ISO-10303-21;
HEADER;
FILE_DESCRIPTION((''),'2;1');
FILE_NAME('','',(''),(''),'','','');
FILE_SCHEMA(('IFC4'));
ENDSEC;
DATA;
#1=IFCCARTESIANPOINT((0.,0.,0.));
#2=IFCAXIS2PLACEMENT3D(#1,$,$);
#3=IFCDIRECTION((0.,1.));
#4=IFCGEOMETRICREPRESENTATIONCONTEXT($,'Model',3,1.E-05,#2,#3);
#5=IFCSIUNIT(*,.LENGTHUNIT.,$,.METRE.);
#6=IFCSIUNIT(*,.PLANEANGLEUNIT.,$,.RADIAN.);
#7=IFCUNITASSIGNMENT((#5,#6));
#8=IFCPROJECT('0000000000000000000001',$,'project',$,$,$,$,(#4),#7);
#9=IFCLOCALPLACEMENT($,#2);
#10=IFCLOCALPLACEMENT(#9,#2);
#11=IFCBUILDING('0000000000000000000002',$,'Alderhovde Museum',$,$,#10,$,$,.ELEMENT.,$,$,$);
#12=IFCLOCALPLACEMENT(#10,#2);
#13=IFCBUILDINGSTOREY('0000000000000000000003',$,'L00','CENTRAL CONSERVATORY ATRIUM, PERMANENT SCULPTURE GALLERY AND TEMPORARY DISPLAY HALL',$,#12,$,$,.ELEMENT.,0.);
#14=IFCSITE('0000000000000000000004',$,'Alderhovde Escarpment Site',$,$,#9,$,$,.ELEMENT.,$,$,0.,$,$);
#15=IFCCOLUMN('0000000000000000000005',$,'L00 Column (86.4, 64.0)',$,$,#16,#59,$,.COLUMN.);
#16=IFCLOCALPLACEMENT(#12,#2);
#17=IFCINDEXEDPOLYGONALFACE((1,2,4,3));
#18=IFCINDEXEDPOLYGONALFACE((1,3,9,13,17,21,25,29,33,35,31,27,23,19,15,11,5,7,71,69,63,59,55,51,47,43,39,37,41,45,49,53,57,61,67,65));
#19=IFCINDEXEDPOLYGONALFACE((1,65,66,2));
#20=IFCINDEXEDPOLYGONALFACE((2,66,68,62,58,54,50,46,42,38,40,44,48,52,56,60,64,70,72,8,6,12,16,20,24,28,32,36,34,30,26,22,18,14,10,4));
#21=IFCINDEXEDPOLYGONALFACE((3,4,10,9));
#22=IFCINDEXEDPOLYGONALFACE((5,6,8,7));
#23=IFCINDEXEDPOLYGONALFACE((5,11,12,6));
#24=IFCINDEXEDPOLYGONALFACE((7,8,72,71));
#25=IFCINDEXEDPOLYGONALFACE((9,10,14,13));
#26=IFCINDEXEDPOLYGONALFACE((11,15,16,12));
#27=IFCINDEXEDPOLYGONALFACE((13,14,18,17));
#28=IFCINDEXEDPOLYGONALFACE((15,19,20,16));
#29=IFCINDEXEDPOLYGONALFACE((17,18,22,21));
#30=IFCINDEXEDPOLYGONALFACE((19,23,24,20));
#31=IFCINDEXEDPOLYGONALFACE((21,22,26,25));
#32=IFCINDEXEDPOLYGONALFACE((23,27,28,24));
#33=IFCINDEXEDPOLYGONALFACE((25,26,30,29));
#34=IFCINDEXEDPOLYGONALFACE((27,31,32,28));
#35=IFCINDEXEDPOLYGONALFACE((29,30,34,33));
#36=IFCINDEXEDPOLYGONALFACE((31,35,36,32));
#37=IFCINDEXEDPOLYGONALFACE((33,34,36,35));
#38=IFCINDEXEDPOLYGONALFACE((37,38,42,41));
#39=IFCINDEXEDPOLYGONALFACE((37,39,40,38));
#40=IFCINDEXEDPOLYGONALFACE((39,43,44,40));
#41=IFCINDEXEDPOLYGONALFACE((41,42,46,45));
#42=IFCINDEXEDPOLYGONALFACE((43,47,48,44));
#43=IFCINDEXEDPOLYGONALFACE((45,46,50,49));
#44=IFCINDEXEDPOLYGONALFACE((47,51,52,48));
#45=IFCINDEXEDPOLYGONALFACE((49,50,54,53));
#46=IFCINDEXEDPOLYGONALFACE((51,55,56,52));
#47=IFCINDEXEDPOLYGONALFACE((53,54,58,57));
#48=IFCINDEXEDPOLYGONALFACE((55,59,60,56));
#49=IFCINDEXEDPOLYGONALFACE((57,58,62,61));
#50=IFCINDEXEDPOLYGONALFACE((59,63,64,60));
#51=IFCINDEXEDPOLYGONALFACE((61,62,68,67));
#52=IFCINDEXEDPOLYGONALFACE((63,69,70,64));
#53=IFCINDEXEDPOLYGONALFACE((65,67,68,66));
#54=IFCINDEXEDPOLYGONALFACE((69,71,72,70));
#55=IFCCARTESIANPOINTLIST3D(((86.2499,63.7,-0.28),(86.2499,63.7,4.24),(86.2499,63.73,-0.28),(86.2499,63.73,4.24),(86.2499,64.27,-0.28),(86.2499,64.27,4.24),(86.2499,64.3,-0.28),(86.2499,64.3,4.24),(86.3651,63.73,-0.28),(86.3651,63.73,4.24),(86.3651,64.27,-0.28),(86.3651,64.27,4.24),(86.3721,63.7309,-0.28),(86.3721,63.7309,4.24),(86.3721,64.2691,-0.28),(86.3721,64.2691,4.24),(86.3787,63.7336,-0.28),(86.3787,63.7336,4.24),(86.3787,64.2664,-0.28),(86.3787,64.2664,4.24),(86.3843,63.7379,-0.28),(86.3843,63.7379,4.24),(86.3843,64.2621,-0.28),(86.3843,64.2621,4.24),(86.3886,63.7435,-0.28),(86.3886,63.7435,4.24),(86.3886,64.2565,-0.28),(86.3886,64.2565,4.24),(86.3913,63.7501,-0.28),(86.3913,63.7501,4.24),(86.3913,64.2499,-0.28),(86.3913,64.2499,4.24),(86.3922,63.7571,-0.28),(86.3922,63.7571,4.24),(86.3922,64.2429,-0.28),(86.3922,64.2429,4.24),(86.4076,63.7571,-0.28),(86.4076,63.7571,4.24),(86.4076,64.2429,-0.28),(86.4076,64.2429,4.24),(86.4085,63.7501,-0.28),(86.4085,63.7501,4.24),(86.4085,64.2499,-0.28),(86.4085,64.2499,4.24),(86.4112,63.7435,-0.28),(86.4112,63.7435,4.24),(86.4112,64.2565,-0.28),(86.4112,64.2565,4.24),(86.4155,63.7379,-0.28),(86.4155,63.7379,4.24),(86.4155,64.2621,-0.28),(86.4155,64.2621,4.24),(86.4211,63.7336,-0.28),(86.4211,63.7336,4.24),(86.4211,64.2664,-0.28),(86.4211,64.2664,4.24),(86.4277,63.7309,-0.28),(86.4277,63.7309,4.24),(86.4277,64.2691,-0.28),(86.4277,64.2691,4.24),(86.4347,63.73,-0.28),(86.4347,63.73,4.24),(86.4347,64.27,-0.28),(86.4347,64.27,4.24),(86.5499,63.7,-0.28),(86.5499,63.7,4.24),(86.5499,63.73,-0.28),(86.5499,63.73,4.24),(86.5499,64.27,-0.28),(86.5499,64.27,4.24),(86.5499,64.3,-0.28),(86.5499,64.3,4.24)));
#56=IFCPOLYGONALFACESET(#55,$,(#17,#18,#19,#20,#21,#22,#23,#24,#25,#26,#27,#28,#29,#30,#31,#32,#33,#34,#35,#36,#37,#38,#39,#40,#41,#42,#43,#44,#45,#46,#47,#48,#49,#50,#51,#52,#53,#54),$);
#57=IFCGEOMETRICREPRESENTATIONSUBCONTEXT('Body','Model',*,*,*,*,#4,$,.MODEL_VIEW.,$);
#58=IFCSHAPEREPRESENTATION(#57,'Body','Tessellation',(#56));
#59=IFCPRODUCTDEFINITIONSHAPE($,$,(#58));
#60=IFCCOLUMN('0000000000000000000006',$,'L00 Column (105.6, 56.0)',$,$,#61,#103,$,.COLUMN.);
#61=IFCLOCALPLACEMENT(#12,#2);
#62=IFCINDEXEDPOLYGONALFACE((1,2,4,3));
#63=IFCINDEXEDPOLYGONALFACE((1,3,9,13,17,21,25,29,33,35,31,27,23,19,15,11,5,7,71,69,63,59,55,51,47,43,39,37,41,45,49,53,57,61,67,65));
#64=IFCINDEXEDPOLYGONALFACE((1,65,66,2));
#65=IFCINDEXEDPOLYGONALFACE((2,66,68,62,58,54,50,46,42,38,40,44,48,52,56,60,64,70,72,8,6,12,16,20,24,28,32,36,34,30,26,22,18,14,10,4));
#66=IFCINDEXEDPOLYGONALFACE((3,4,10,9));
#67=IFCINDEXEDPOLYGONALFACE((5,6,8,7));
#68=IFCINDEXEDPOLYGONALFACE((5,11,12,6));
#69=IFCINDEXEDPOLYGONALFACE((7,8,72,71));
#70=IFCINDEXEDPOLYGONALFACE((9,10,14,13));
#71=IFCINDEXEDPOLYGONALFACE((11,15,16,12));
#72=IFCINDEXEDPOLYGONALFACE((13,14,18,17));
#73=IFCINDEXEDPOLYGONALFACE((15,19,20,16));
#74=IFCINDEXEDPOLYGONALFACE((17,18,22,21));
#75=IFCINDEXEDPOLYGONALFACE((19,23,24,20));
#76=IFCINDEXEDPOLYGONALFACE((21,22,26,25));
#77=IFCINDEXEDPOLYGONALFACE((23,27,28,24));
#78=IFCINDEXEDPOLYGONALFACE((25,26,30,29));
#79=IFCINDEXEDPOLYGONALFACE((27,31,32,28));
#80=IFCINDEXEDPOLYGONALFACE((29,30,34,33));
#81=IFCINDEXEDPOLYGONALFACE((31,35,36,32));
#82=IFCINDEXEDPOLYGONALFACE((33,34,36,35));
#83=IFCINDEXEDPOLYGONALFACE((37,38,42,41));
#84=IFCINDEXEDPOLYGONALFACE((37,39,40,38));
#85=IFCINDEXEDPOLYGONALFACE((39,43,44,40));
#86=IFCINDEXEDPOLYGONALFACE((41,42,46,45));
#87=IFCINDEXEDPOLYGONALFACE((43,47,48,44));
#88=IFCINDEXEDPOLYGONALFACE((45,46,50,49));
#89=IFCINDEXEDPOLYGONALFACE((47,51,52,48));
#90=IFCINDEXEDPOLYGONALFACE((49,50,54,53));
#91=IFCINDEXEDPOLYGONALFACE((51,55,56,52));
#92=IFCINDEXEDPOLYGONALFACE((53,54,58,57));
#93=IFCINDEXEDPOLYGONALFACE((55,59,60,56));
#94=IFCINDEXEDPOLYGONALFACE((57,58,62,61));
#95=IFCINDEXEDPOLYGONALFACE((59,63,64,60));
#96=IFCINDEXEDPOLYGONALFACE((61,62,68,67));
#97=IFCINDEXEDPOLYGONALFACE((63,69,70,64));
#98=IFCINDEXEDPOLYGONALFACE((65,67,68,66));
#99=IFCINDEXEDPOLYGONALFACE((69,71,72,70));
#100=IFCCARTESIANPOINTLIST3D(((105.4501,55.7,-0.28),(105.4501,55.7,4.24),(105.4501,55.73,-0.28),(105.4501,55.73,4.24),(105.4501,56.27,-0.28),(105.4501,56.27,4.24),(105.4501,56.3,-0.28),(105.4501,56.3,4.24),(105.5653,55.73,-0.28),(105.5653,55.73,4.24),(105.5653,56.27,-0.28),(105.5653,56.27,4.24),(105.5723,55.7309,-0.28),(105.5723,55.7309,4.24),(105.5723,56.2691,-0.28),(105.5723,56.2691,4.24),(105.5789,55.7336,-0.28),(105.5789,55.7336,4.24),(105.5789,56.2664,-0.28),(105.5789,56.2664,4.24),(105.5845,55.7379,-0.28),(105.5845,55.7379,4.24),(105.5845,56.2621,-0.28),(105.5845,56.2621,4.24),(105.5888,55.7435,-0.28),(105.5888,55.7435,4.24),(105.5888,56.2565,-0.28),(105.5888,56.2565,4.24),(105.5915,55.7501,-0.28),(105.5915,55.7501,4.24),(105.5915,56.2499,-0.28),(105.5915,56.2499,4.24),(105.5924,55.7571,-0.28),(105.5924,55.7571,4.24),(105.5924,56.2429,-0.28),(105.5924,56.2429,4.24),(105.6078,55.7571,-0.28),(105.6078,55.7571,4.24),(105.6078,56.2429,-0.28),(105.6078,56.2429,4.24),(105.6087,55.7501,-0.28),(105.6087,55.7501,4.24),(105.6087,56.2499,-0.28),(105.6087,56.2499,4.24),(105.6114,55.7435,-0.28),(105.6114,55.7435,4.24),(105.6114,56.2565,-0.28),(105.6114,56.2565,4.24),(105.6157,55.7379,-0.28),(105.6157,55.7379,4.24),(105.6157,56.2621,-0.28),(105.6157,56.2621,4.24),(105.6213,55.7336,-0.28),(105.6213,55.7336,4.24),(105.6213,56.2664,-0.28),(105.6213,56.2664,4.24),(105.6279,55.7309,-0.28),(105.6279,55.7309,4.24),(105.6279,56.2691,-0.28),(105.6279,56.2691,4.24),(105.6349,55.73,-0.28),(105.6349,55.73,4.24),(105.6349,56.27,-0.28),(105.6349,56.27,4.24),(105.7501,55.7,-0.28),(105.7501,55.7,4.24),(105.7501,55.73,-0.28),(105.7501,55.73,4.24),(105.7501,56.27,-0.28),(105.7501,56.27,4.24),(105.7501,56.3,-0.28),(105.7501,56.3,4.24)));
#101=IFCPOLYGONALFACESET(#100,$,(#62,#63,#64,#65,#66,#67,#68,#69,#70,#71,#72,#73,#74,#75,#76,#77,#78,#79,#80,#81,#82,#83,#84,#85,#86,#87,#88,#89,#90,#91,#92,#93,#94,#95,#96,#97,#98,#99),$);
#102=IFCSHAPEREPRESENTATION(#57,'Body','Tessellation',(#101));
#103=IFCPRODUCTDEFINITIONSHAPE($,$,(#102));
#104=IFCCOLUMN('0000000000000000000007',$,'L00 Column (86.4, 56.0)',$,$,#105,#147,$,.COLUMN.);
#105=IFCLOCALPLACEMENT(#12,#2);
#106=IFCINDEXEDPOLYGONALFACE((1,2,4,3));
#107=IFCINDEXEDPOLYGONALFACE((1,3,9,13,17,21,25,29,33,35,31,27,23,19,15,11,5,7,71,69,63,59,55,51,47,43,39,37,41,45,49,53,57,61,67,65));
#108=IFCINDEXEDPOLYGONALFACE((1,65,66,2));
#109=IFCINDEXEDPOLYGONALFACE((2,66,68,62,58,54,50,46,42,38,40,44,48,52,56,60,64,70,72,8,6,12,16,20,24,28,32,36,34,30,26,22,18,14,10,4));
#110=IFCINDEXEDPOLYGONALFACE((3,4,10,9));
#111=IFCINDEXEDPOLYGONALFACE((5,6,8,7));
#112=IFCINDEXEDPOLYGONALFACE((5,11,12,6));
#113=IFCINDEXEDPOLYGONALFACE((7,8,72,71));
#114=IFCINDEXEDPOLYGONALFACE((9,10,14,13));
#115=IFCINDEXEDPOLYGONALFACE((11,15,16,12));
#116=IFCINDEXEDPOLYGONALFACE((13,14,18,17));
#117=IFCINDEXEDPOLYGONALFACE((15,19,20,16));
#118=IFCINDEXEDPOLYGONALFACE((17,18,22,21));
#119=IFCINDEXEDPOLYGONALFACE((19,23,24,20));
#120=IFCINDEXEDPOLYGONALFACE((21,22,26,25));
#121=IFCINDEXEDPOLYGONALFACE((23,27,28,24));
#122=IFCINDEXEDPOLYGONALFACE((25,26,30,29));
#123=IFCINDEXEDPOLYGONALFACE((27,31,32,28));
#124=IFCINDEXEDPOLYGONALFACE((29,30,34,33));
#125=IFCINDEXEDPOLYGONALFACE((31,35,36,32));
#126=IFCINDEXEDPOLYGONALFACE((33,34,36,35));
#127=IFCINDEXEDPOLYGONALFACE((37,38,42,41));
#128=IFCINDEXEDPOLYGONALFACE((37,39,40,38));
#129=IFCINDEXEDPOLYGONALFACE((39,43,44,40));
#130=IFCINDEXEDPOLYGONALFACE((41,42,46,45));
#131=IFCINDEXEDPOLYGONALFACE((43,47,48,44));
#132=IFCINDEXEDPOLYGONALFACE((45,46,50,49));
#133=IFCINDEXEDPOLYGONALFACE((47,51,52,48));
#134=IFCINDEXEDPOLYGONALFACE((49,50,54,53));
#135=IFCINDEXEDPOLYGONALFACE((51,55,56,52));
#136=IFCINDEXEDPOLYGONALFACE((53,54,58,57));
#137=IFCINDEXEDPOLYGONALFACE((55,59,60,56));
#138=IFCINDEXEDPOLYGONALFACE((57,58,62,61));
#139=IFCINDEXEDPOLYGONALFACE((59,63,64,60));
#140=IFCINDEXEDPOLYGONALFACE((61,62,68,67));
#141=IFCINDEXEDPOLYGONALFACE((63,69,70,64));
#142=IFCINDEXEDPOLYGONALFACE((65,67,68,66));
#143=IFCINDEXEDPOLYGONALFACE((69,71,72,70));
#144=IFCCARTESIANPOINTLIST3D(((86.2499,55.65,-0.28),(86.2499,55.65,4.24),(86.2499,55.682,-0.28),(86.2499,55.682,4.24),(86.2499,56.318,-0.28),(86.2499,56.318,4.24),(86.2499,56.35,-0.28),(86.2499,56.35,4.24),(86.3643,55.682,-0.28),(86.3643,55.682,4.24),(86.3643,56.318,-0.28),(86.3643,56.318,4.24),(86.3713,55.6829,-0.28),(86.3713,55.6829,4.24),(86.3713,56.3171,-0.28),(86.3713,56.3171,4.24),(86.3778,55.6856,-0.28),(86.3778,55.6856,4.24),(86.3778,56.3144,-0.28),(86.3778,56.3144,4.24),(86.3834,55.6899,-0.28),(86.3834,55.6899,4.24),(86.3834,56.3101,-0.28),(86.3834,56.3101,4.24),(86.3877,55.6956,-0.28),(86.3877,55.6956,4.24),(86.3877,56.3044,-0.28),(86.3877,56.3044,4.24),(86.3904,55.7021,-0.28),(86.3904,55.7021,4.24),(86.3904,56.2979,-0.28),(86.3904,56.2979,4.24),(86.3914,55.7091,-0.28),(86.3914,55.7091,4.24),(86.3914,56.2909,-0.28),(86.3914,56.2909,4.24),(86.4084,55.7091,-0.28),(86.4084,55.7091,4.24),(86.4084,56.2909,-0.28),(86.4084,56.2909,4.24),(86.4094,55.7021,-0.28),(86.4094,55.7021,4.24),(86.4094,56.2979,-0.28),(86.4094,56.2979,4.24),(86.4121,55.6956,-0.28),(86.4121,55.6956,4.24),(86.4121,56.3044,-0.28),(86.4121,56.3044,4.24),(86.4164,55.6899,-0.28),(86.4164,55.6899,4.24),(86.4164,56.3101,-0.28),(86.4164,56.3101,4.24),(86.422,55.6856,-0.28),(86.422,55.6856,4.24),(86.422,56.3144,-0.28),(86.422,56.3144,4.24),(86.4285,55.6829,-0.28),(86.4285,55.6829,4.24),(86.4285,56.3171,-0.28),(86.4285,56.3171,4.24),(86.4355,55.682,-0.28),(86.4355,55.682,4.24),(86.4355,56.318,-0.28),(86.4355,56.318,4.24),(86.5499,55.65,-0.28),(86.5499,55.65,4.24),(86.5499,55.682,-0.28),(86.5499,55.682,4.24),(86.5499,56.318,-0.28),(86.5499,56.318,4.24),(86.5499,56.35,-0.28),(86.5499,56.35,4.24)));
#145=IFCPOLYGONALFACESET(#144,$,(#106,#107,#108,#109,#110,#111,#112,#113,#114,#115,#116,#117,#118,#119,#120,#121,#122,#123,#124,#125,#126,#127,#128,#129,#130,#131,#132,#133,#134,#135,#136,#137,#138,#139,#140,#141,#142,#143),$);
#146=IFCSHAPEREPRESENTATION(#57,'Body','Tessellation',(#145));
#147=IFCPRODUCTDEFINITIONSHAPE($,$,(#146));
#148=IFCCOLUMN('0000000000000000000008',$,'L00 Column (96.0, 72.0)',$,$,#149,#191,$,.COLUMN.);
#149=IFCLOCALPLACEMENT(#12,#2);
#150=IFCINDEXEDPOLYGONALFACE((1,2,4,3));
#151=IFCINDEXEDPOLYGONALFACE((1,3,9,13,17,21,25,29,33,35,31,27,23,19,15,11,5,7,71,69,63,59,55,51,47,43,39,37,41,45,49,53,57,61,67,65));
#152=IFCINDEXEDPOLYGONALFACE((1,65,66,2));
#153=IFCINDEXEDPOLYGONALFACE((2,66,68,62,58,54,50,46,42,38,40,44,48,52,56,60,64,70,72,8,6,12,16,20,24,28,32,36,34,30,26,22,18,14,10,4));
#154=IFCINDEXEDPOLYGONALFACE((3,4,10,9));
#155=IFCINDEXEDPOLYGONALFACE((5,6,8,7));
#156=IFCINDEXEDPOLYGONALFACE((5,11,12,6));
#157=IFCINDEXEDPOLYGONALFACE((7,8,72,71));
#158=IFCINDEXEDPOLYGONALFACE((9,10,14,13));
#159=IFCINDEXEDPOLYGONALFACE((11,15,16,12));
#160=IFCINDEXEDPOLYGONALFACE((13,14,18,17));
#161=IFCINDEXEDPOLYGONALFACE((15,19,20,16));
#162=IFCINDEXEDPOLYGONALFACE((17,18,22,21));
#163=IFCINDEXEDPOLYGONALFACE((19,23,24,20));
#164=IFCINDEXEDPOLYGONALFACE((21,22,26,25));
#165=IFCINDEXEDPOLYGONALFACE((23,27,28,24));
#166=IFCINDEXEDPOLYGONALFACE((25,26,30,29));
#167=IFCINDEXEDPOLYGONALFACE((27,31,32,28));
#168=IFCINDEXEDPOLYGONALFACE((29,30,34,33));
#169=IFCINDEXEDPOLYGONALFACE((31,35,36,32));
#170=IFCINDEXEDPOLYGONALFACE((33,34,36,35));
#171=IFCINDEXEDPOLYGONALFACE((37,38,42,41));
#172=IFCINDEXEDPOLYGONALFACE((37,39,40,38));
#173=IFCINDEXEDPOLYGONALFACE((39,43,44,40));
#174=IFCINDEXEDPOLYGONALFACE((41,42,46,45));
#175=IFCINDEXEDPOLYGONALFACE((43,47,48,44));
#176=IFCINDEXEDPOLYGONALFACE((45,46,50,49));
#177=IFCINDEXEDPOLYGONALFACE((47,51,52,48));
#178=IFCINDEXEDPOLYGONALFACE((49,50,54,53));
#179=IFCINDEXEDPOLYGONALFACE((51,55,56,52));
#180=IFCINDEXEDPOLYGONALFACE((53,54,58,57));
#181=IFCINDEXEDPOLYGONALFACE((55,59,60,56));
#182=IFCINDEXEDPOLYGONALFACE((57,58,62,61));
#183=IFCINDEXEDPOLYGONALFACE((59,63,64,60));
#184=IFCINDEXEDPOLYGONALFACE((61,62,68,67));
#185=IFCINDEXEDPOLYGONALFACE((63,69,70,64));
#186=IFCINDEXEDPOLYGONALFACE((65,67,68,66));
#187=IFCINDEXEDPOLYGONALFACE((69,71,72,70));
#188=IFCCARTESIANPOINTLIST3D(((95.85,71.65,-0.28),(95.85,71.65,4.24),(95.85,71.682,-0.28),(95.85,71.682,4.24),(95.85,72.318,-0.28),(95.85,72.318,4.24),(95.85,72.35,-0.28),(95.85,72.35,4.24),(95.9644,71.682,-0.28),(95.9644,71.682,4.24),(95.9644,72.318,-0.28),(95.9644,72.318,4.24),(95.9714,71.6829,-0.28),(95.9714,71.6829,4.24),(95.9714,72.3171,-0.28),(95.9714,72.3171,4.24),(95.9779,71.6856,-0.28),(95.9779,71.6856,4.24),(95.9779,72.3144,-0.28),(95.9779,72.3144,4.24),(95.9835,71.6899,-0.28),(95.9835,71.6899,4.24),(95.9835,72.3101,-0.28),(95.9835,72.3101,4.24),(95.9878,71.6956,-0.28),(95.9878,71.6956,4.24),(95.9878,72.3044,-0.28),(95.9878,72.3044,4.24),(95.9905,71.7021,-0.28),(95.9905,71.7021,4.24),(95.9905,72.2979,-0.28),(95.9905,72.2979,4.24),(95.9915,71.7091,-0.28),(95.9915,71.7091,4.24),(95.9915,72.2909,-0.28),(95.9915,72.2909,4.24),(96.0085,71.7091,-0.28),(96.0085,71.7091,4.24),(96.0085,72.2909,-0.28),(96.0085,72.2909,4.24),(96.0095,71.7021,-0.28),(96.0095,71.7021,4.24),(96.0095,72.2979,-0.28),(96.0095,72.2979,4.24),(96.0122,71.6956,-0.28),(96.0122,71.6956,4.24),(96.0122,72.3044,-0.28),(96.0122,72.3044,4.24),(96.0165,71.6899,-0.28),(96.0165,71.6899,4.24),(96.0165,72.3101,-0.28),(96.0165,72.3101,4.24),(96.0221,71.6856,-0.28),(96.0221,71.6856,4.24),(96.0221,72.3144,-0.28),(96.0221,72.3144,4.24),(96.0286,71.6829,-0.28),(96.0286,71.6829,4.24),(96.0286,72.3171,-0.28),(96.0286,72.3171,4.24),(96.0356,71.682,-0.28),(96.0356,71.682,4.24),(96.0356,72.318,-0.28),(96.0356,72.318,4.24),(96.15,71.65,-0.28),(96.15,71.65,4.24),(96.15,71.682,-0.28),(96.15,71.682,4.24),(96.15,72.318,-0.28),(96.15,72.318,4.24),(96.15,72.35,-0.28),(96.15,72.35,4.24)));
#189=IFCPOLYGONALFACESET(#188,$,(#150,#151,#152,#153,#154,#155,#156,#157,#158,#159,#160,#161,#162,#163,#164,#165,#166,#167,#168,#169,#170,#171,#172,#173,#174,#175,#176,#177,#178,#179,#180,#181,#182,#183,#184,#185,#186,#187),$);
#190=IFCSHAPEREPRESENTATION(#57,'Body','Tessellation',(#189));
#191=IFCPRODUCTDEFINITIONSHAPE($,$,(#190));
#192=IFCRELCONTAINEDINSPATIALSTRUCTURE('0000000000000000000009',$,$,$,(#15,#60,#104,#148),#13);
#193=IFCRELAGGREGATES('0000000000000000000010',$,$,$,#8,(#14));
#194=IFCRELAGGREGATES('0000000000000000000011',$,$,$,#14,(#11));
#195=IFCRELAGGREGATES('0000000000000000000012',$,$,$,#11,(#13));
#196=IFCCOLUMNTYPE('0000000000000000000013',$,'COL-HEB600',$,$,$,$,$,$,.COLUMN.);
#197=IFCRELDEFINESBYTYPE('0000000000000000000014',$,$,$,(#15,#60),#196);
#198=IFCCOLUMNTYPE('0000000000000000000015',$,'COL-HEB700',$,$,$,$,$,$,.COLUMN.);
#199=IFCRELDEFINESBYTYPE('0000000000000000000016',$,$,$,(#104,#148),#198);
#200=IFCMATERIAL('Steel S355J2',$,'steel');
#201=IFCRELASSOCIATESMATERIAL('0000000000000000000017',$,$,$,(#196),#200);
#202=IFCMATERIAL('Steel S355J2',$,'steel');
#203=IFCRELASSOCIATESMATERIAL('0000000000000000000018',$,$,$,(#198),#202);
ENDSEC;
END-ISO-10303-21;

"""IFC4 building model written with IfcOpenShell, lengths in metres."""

from ifc_helpers import new_model, si_unit, direction, frame, origin, origin_2d, place, context, subcontext, project, spatial, i_section, extrude, material, material_profile, profile_set, type_object, element, save


model = new_model("IFC4")

# Units and contexts
model_context = context("Model", 3, precision=1e-05, world=origin(), true_north=direction((0.0, 1.0)))
body_context = subcontext(model_context, "Body", "Model", "MODEL_VIEW")
ifc_project = project(units=[si_unit("LENGTHUNIT", "METRE"), si_unit("PLANEANGLEUNIT", "RADIAN")], contexts=[model_context])

# Site, building, storey
site_placement = place(None, origin())
site = spatial("IfcSite", under=ifc_project, at=site_placement, Name="Alderhovde Escarpment Site", CompositionType="ELEMENT", RefElevation=0.0)
building_placement = place(site_placement, origin())
building = spatial("IfcBuilding", under=site, at=building_placement, Name="Alderhovde Museum", CompositionType="ELEMENT")
storey_placement = place(building_placement, origin())
storey = spatial("IfcBuildingStorey", under=building, at=storey_placement, Name="L00", Description="CENTRAL CONSERVATORY ATRIUM, PERMANENT SCULPTURE GALLERY AND TEMPORARY DISPLAY HALL", CompositionType="ELEMENT", Elevation=0.0)

# Columns
ifc_material_1 = material(Name="Steel S355J2", Category="steel")
ifc_material_profile_1 = material_profile(ifc_material_1, i_section(OverallWidth=0.3, OverallDepth=0.6001, WebThickness=0.0154, FlangeThickness=0.03, FilletRadius=0.0271, at=origin_2d()), Name="HEB 600")
ifc_profile_set_1 = profile_set([ifc_material_profile_1], Name="Steel S355J2")
column_type_1 = type_object("IfcColumnType", Name="COL-HEB600", PredefinedType="COLUMN", material=ifc_profile_set_1)
for number, where, z_axis, x_axis, name in (
    (1, (86.3999, 64.0, -0.28), (0.0, 0.0, 1.0), (1.0, 0.0, 0.0), "L00 Column (86.4, 64.0)"),
    (2, (105.6001, 56.0, -0.28), (0.0, 0.0, 1.0), (1.0, 0.0, 0.0), "L00 Column (105.6, 56.0)"),
):
    element("IfcColumn", number, at=place(storey_placement, frame(where, z_axis=z_axis, x_axis=x_axis)), inside=storey, type_object=column_type_1, Name=name, PredefinedType="COLUMN", context=body_context, shape_type="SweptSolid", body=[
        extrude(i_section(OverallWidth=0.3, OverallDepth=0.6001, WebThickness=0.0154, FlangeThickness=0.03, FilletRadius=0.0271, at=origin_2d()), origin(), (0.0, 0.0, 1.0), 4.52),
    ])
ifc_material_2 = material(Name="Steel S355J2", Category="steel")
ifc_material_profile_2 = material_profile(ifc_material_2, i_section(OverallWidth=0.3, OverallDepth=0.7, WebThickness=0.0171, FlangeThickness=0.032, FilletRadius=0.0271, at=origin_2d()), Name="HEB 700")
ifc_profile_set_2 = profile_set([ifc_material_profile_2], Name="Steel S355J2")
column_type_2 = type_object("IfcColumnType", Name="COL-HEB700", PredefinedType="COLUMN", material=ifc_profile_set_2)
for number, where, z_axis, x_axis, name in (
    (3, (86.3999, 56.0, -0.28), (0.0, 0.0, 1.0), (1.0, 0.0, 0.0), "L00 Column (86.4, 56.0)"),
    (4, (96.0, 72.0, -0.28), (0.0, 0.0, 1.0), (1.0, 0.0, 0.0), "L00 Column (96.0, 72.0)"),
):
    element("IfcColumn", number, at=place(storey_placement, frame(where, z_axis=z_axis, x_axis=x_axis)), inside=storey, type_object=column_type_2, Name=name, PredefinedType="COLUMN", context=body_context, shape_type="SweptSolid", body=[
        extrude(i_section(OverallWidth=0.3, OverallDepth=0.7, WebThickness=0.0171, FlangeThickness=0.032, FilletRadius=0.0271, at=origin_2d()), origin(), (0.0, 0.0, 1.0), 4.52),
    ])

save(model, "model.ifc")
